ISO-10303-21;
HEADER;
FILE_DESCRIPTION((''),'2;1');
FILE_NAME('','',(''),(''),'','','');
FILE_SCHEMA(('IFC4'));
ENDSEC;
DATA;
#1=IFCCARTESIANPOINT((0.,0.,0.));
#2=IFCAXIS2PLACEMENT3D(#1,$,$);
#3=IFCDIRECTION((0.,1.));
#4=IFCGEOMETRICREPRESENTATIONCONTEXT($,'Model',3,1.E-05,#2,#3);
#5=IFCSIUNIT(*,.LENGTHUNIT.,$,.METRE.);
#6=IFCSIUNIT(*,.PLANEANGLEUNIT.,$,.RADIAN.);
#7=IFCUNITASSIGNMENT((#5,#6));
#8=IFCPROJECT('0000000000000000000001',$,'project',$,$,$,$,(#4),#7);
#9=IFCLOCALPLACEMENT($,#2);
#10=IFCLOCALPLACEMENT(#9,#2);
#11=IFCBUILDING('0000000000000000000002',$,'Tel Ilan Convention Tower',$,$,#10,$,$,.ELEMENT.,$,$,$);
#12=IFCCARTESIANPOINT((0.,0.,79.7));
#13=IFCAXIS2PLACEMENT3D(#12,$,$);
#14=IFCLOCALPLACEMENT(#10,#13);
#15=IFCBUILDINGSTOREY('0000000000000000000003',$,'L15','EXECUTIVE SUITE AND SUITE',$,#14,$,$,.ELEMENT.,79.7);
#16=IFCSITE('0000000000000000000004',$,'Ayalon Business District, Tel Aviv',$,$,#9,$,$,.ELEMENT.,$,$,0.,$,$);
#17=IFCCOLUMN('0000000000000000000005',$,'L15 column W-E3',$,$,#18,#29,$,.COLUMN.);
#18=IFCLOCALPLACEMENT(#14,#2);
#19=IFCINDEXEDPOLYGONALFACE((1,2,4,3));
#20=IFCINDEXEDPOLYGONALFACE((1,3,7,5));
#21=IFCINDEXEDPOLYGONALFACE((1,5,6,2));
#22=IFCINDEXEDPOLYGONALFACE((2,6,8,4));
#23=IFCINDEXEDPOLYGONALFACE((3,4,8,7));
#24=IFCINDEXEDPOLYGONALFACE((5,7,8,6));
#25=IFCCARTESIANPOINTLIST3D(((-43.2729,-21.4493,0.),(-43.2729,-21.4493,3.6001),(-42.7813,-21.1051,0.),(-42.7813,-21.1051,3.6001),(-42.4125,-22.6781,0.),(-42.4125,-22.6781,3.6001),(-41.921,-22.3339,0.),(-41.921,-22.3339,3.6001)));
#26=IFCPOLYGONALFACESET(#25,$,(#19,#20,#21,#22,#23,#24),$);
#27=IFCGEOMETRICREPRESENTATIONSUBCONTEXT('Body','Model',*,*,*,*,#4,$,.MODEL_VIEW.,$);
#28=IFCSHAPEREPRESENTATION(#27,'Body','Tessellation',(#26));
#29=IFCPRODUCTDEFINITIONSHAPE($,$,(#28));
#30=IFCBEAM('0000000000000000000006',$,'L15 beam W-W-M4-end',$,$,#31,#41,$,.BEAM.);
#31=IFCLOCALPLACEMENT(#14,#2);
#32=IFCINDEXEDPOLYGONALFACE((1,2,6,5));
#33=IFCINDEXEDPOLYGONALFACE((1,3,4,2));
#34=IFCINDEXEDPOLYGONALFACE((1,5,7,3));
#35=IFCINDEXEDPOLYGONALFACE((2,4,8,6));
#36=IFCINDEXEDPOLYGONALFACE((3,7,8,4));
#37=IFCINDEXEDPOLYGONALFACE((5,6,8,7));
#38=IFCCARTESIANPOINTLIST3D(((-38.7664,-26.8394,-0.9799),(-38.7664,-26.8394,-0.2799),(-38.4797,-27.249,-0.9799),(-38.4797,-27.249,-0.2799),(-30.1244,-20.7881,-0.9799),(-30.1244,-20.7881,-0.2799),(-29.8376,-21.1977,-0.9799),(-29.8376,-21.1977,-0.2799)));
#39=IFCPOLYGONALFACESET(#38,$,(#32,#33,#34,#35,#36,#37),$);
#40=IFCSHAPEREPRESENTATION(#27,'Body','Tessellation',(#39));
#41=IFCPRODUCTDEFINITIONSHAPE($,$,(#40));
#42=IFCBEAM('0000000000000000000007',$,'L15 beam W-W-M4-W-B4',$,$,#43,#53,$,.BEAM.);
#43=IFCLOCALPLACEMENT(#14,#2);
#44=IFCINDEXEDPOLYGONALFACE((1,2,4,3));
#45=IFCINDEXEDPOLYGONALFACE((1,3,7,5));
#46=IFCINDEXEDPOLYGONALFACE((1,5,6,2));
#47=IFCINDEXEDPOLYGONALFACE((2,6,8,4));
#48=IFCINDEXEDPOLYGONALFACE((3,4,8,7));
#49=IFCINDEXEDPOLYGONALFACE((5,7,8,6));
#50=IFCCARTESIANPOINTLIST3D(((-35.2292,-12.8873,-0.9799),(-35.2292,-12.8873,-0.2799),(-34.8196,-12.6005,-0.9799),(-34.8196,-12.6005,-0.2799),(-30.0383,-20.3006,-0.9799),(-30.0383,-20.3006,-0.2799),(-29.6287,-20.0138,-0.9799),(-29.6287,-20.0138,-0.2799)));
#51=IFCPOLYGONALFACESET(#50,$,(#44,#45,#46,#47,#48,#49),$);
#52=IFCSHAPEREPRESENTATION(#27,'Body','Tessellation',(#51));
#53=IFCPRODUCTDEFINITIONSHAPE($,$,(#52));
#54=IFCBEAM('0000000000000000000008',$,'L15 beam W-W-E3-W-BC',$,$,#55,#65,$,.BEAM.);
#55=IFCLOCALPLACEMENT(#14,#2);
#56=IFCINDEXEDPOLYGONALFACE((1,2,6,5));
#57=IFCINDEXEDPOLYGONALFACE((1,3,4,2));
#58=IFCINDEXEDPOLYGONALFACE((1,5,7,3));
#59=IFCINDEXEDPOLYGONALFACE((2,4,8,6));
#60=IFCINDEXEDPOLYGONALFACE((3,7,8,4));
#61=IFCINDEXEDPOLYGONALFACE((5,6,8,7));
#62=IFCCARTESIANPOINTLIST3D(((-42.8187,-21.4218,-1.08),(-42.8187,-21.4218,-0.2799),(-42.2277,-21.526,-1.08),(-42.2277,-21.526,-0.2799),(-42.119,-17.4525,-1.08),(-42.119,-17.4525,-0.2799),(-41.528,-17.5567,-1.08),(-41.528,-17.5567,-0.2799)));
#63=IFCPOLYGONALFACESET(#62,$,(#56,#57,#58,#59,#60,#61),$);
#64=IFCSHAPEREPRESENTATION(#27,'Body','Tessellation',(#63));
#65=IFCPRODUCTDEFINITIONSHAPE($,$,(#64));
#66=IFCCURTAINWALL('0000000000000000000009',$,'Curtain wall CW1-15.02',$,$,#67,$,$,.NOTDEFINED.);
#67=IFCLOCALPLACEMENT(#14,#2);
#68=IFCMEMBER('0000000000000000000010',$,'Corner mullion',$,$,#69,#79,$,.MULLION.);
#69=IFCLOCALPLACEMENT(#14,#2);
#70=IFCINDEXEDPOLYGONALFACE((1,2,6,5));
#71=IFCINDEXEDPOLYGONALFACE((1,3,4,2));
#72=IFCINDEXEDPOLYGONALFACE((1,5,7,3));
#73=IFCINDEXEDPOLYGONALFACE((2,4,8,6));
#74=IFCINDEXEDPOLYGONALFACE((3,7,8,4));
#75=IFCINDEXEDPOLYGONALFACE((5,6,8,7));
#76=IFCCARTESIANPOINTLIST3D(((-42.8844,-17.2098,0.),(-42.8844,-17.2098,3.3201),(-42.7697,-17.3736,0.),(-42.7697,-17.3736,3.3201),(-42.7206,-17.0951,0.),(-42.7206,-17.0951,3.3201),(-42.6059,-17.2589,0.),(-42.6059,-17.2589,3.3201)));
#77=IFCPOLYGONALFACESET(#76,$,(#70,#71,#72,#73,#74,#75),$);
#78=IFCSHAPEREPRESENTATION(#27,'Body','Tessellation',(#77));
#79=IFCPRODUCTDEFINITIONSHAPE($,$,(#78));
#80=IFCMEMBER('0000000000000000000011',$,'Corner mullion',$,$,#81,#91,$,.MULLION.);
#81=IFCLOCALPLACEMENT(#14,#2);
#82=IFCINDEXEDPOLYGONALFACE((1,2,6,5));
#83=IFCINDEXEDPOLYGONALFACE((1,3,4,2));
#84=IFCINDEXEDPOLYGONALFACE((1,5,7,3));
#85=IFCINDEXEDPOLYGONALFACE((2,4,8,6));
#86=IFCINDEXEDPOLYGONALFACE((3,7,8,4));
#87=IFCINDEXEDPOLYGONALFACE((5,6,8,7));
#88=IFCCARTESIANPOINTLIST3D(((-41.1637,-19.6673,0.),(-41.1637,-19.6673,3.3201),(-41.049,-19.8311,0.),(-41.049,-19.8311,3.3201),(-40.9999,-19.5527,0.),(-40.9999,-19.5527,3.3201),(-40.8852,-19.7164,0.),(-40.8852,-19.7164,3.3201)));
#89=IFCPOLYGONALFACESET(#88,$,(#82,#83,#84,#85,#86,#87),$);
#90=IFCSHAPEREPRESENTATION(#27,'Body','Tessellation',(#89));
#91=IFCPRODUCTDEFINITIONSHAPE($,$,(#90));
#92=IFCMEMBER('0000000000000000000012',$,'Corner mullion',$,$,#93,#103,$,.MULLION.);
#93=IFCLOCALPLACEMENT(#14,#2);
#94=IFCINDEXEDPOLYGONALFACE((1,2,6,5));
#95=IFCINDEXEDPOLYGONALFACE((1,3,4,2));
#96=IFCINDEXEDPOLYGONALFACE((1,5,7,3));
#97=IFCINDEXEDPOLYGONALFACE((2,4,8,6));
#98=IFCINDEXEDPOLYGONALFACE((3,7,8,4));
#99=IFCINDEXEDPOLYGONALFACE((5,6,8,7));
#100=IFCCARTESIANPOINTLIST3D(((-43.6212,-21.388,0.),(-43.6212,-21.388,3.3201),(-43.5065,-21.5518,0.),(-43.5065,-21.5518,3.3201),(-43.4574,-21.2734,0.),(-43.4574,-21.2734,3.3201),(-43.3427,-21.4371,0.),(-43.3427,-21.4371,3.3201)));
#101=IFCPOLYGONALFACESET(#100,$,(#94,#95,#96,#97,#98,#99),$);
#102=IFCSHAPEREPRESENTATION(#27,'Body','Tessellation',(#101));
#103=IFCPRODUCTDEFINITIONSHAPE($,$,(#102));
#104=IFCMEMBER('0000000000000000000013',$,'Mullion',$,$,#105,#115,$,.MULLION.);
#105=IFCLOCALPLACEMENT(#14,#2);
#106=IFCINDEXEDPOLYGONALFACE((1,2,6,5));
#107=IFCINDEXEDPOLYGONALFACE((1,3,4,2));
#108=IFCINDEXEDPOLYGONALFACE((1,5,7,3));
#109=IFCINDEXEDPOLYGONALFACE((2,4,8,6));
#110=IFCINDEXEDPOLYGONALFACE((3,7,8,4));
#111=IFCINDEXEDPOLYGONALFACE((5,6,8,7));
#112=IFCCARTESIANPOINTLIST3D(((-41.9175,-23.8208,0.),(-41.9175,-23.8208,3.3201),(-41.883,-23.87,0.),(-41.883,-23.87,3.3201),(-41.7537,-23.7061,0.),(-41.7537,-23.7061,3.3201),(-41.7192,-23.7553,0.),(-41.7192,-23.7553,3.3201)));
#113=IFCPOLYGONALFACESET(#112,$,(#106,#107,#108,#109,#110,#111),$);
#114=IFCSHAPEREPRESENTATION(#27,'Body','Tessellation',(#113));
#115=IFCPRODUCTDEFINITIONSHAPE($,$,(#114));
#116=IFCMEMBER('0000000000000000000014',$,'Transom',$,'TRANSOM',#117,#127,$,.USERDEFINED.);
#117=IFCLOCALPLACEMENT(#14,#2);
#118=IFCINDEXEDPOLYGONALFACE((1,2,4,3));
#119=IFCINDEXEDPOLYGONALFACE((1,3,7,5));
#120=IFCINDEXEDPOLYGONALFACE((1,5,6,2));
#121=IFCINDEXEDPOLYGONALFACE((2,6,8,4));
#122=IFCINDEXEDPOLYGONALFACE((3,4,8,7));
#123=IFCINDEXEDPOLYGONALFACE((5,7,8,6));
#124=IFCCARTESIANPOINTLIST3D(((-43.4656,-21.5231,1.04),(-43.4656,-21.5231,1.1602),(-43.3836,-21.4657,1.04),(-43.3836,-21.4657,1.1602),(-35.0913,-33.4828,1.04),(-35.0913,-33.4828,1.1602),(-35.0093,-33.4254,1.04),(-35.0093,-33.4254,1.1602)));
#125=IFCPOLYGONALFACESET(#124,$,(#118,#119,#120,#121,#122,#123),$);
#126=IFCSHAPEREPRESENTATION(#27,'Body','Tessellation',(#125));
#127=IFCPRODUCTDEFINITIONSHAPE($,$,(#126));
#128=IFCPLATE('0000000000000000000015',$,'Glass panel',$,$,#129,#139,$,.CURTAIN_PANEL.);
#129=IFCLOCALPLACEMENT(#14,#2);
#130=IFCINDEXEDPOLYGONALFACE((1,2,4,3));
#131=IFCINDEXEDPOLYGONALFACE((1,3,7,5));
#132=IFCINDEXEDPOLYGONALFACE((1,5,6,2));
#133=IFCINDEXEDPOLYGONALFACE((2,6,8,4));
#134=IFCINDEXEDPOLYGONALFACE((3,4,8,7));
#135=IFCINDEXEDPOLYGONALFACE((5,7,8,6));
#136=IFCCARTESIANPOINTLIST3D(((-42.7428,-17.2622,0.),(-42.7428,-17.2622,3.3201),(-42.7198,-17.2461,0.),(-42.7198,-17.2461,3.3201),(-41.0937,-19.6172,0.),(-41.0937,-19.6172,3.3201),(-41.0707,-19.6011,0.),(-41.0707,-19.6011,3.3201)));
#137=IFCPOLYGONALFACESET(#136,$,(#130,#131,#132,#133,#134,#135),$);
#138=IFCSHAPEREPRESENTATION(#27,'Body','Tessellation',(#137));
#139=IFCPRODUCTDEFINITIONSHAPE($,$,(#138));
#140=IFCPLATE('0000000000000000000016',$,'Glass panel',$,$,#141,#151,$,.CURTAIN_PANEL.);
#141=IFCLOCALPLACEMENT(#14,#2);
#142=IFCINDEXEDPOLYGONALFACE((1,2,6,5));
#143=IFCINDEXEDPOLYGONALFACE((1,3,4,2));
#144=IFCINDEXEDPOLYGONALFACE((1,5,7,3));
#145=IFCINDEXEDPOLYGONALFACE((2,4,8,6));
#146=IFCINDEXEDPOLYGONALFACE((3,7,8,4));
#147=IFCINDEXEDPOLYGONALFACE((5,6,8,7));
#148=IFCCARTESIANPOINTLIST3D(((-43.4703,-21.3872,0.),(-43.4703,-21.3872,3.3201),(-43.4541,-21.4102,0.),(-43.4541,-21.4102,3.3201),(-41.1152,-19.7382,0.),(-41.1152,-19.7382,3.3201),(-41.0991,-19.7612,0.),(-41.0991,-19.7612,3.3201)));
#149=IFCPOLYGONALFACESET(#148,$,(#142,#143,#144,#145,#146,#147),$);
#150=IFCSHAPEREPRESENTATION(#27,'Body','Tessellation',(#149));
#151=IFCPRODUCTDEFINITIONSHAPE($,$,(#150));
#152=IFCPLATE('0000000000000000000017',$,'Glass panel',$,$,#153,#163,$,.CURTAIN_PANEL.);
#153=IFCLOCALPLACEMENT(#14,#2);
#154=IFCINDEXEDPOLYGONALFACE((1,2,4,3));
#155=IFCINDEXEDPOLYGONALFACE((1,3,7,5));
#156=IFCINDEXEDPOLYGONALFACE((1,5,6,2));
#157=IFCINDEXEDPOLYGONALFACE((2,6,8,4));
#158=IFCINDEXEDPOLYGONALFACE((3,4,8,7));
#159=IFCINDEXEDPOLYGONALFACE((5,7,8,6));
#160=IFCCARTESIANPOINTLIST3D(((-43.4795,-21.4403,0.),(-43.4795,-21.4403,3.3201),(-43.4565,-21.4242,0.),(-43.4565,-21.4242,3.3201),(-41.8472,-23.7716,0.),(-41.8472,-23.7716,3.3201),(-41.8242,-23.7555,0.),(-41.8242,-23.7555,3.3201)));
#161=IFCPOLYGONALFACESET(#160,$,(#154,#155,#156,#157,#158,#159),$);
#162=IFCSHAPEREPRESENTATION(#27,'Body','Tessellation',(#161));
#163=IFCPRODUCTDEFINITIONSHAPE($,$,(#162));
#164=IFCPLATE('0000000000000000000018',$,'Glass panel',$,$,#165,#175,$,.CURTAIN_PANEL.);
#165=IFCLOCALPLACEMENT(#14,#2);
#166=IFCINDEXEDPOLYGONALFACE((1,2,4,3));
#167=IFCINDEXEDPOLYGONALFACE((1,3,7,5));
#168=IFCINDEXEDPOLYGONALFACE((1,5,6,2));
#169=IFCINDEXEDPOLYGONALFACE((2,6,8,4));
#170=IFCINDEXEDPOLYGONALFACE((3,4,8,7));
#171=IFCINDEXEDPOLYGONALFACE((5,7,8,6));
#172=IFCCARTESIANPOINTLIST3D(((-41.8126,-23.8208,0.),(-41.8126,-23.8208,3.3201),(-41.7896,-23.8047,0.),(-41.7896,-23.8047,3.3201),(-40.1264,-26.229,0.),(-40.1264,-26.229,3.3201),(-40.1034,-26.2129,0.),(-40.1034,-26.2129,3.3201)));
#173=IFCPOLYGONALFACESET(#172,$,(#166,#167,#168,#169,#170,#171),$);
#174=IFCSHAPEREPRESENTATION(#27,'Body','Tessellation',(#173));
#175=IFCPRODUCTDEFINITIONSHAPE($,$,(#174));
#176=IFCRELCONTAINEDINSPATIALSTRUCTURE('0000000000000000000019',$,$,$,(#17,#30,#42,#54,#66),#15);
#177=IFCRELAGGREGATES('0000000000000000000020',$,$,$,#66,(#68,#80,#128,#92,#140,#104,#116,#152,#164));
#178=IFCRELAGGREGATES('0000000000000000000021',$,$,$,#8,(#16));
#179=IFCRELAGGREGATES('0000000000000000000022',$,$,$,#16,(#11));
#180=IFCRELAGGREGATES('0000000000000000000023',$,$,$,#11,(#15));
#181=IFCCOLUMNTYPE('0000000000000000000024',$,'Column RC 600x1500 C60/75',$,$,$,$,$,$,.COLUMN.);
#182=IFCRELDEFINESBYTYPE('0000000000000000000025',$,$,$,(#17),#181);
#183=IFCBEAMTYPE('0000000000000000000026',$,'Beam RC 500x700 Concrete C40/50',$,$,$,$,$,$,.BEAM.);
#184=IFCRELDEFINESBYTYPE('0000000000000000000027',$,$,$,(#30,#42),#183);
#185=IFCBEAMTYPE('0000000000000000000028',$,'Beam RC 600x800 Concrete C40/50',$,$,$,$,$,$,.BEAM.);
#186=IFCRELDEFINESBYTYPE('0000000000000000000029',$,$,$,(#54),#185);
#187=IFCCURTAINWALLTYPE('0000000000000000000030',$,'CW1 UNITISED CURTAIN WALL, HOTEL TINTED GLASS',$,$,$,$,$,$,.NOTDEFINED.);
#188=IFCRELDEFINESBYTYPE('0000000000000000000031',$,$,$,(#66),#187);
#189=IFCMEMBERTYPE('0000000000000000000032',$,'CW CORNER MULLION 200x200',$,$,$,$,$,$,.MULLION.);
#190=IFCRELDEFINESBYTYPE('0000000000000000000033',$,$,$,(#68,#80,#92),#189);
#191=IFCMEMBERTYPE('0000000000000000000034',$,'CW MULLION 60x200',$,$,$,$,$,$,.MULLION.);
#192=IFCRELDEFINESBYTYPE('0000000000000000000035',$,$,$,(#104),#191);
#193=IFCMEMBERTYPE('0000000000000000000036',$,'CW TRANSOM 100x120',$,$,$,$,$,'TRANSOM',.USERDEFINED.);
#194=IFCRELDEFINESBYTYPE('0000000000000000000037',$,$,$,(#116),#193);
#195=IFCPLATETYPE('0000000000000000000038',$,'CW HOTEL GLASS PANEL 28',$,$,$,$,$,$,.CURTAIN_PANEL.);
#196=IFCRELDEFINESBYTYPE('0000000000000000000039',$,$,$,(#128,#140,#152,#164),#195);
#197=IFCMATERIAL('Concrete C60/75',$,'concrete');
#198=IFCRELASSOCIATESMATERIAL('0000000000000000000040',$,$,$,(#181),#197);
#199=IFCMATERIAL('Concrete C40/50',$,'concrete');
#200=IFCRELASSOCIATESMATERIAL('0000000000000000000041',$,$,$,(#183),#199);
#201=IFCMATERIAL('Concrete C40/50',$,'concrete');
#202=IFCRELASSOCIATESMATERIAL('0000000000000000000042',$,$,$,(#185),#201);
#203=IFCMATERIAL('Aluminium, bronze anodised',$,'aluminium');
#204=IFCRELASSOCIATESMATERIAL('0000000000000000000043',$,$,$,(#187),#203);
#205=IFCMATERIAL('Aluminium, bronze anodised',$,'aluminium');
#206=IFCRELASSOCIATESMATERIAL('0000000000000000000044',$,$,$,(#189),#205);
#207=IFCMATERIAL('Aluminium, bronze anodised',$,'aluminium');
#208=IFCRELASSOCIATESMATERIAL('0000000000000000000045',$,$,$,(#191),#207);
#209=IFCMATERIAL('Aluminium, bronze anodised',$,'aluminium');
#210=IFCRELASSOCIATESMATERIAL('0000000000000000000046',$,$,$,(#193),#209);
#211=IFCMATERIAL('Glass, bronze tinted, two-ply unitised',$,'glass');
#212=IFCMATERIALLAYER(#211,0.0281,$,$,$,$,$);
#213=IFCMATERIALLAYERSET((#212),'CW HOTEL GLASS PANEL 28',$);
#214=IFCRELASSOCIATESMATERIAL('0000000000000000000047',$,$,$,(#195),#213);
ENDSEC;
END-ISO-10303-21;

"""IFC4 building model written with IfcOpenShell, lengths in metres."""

from ifc_helpers import new_model, si_unit, direction, frame, origin, origin_2d, place, context, subcontext, project, spatial, rectangle, extrude, material, layer, layer_set, material_profile, profile_set, type_object, element, aggregate, save


model = new_model("IFC4")

# Units and contexts
model_context = context("Model", 3, precision=1e-05, world=origin(), true_north=direction((0.0, 1.0)))
body_context = subcontext(model_context, "Body", "Model", "MODEL_VIEW")
ifc_project = project(units=[si_unit("LENGTHUNIT", "METRE"), si_unit("PLANEANGLEUNIT", "RADIAN")], contexts=[model_context])

# Site, building, storey
site_placement = place(None, origin())
site = spatial("IfcSite", under=ifc_project, at=site_placement, Name="Ayalon Business District, Tel Aviv", CompositionType="ELEMENT", RefElevation=0.0)
building_placement = place(site_placement, origin())
building = spatial("IfcBuilding", under=site, at=building_placement, Name="Tel Ilan Convention Tower", CompositionType="ELEMENT")
storey_placement = place(building_placement, frame((0.0, 0.0, 79.7)))
storey = spatial("IfcBuildingStorey", under=building, at=storey_placement, Name="L15", Description="EXECUTIVE SUITE AND SUITE", CompositionType="ELEMENT", Elevation=79.7)

# Column
ifc_material_1 = material(Name="Concrete C60/75", Category="concrete")
ifc_material_profile_1 = material_profile(ifc_material_1, rectangle(XDim=1.5, YDim=0.6001, at=origin_2d()), Name="RC 600x1500")
ifc_profile_set_1 = profile_set([ifc_material_profile_1], Name="Concrete C60/75")
column_type = type_object("IfcColumnType", Name="Column RC 600x1500 C60/75", PredefinedType="COLUMN", material=ifc_profile_set_1)
column_placement = place(storey_placement, frame((-42.5969, -21.8916, 0.0), z_axis=(0.0, 0.0, 1.0), x_axis=(-0.573576, 0.819152, 0.0)))
element("IfcColumn", 1, at=column_placement, inside=storey, type_object=column_type, Name="L15 column W-E3", PredefinedType="COLUMN", context=body_context, shape_type="SweptSolid", body=[
    extrude(rectangle(XDim=1.5, YDim=0.6001, at=origin_2d()), origin(), (0.0, 0.0, 1.0), 3.6001),
])

# Beams
ifc_material_2 = material(Name="Concrete C40/50", Category="concrete")
ifc_material_profile_2 = material_profile(ifc_material_2, rectangle(XDim=0.5, YDim=0.7, at=origin_2d()), Name="RC 500x700")
ifc_profile_set_2 = profile_set([ifc_material_profile_2], Name="Concrete C40/50")
beam_type_1 = type_object("IfcBeamType", Name="Beam RC 500x700 Concrete C40/50", PredefinedType="BEAM", material=ifc_profile_set_2)
beam_1_placement = place(storey_placement, frame((-29.981, -20.9929, -0.6299), z_axis=(-0.819151, -0.573577, 0.0), x_axis=(0.573577, -0.819151, 0.0)))
element("IfcBeam", 2, at=beam_1_placement, inside=storey, type_object=beam_type_1, Name="L15 beam W-W-M4-end", PredefinedType="BEAM", context=body_context, shape_type="SweptSolid", body=[
    extrude(rectangle(XDim=0.5, YDim=0.7, at=origin_2d()), origin(), (0.0, 0.0, 1.0), 10.55),
])
beam_2_placement = place(storey_placement, frame((-29.8335, -20.1572, -0.6299), z_axis=(-0.57358, 0.81915, 0.0), x_axis=(-0.81915, -0.57358, 0.0)))
element("IfcBeam", 3, at=beam_2_placement, inside=storey, type_object=beam_type_1, Name="L15 beam W-W-M4-W-B4", PredefinedType="BEAM", context=body_context, shape_type="SweptSolid", body=[
    extrude(rectangle(XDim=0.5, YDim=0.7, at=origin_2d()), origin(), (0.0, 0.0, 1.0), 9.05),
])
ifc_material_3 = material(Name="Concrete C40/50", Category="concrete")
ifc_material_profile_3 = material_profile(ifc_material_3, rectangle(XDim=0.6001, YDim=0.8, at=origin_2d()), Name="RC 600x800")
ifc_profile_set_3 = profile_set([ifc_material_profile_3], Name="Concrete C40/50")
beam_type_2 = type_object("IfcBeamType", Name="Beam RC 600x800 Concrete C40/50", PredefinedType="BEAM", material=ifc_profile_set_3)
beam_3_placement = place(storey_placement, frame((-42.5232, -21.4739, -0.6799), z_axis=(0.173606, 0.984815, 0.0), x_axis=(-0.984815, 0.173606, 0.0)))
element("IfcBeam", 4, at=beam_3_placement, inside=storey, type_object=beam_type_2, Name="L15 beam W-W-E3-W-BC", PredefinedType="BEAM", context=body_context, shape_type="SweptSolid", body=[
    extrude(rectangle(XDim=0.6001, YDim=0.8, at=origin_2d()), origin(), (0.0, 0.0, 1.0), 4.0305),
])

# Curtain wall, members, plates
ifc_material_4 = material(Name="Aluminium, bronze anodised", Category="aluminium")
curtain_wall_type = type_object("IfcCurtainWallType", Name="CW1 UNITISED CURTAIN WALL, HOTEL TINTED GLASS", PredefinedType="NOTDEFINED", material=ifc_material_4)
curtain_wall_placement = place(storey_placement, origin())
curtain_wall = element("IfcCurtainWall", 5, at=curtain_wall_placement, inside=storey, type_object=curtain_wall_type, Name="Curtain wall CW1-15.02", PredefinedType="NOTDEFINED")
ifc_material_5 = material(Name="Aluminium, bronze anodised", Category="aluminium")
ifc_material_profile_4 = material_profile(ifc_material_5, rectangle(XDim=0.2, YDim=0.2, at=origin_2d()), Name="CW CORNER MULLION 200x200")
ifc_profile_set_4 = profile_set([ifc_material_profile_4], Name="Aluminium, bronze anodised")
member_type_1 = type_object("IfcMemberType", Name="CW CORNER MULLION 200x200", PredefinedType="MULLION", material=ifc_profile_set_4)
member_1_placement = place(storey_placement, frame((-42.7451, -17.2344, 0.0), z_axis=(0.0, 0.0, 1.0), x_axis=(-0.819152, -0.573576, 0.0)))
member_1 = element("IfcMember", 6, at=member_1_placement, type_object=member_type_1, Name="Corner mullion", PredefinedType="MULLION", context=body_context, shape_type="SweptSolid", body=[
    extrude(rectangle(XDim=0.2, YDim=0.2, at=origin_2d()), origin(), (0.0, 0.0, 1.0), 3.3201),
])
member_2_placement = place(storey_placement, frame((-41.0244, -19.6919, 0.0), z_axis=(0.0, 0.0, 1.0), x_axis=(0.573576, -0.819152, 0.0)))
member_2 = element("IfcMember", 7, at=member_2_placement, type_object=member_type_1, Name="Corner mullion", PredefinedType="MULLION", context=body_context, shape_type="SweptSolid", body=[
    extrude(rectangle(XDim=0.2, YDim=0.2, at=origin_2d()), origin(), (0.0, 0.0, 1.0), 3.3201),
])
member_3_placement = place(storey_placement, frame((-43.4819, -21.4126, 0.0), z_axis=(0.0, 0.0, 1.0), x_axis=(-0.819152, -0.573576, 0.0)))
member_3 = element("IfcMember", 8, at=member_3_placement, type_object=member_type_1, Name="Corner mullion", PredefinedType="MULLION", context=body_context, shape_type="SweptSolid", body=[
    extrude(rectangle(XDim=0.2, YDim=0.2, at=origin_2d()), origin(), (0.0, 0.0, 1.0), 3.3201),
])
ifc_material_6 = material(Name="Aluminium, bronze anodised", Category="aluminium")
ifc_material_profile_5 = material_profile(ifc_material_6, rectangle(XDim=0.0601, YDim=0.2, at=origin_2d()), Name="CW MULLION 60x200")
ifc_profile_set_5 = profile_set([ifc_material_profile_5], Name="Aluminium, bronze anodised")
member_type_2 = type_object("IfcMemberType", Name="CW MULLION 60x200", PredefinedType="MULLION", material=ifc_profile_set_5)
member_4_placement = place(storey_placement, frame((-41.8184, -23.7881, 0.0), z_axis=(0.0, 0.0, 1.0), x_axis=(0.573576, -0.819152, 0.0)))
member_4 = element("IfcMember", 9, at=member_4_placement, type_object=member_type_2, Name="Mullion", PredefinedType="MULLION", context=body_context, shape_type="SweptSolid", body=[
    extrude(rectangle(XDim=0.0601, YDim=0.2, at=origin_2d()), origin(), (0.0, 0.0, 1.0), 3.3201),
])
ifc_material_7 = material(Name="Aluminium, bronze anodised", Category="aluminium")
ifc_material_profile_6 = material_profile(ifc_material_7, rectangle(XDim=0.1001, YDim=0.1201, at=origin_2d()), Name="CW TRANSOM 100x120")
ifc_profile_set_6 = profile_set([ifc_material_profile_6], Name="Aluminium, bronze anodised")
member_type_3 = type_object("IfcMemberType", Name="CW TRANSOM 100x120", ElementType="TRANSOM", PredefinedType="USERDEFINED", material=ifc_profile_set_6)
member_5_placement = place(storey_placement, frame((-43.4246, -21.4944, 1.1001), z_axis=(0.573576, -0.819153, 0.0), x_axis=(0.819153, 0.573576, 0.0)))
member_5 = element("IfcMember", 10, at=member_5_placement, type_object=member_type_3, Name="Transom", ObjectType="TRANSOM", PredefinedType="USERDEFINED", context=body_context, shape_type="SweptSolid", body=[
    extrude(rectangle(XDim=0.1001, YDim=0.1201, at=origin_2d()), origin(), (0.0, 0.0, 1.0), 14.6001),
])
ifc_material_8 = material(Name="Glass, bronze tinted, two-ply unitised", Category="glass")
ifc_layer_1 = layer(ifc_material_8, 0.0281)
ifc_layer_set_1 = layer_set([ifc_layer_1], Name="CW HOTEL GLASS PANEL 28")
plate_type = type_object("IfcPlateType", Name="CW HOTEL GLASS PANEL 28", PredefinedType="CURTAIN_PANEL", material=ifc_layer_set_1)
plate_1_placement = place(storey_placement, frame((-41.9067, -18.4316, 0.0), z_axis=(0.0, 0.0, 1.0), x_axis=(0.573576, -0.819152, 0.0)))
plate_1 = element("IfcPlate", 11, at=plate_1_placement, type_object=plate_type, Name="Glass panel", PredefinedType="CURTAIN_PANEL", context=body_context, shape_type="SweptSolid", body=[
    extrude(rectangle(XDim=2.875, YDim=0.0281, at=origin_2d()), origin(), (0.0, 0.0, 1.0), 3.3201),
])
plate_2_placement = place(storey_placement, frame((-42.2847, -20.5742, 0.0), z_axis=(0.0, 0.0, 1.0), x_axis=(-0.819152, -0.573576, 0.0)))
plate_2 = element("IfcPlate", 12, at=plate_2_placement, type_object=plate_type, Name="Glass panel", PredefinedType="CURTAIN_PANEL", context=body_context, shape_type="SweptSolid", body=[
    extrude(rectangle(XDim=2.875, YDim=0.0281, at=origin_2d()), origin(), (0.0, 0.0, 1.0), 3.3201),
])
plate_3_placement = place(storey_placement, frame((-42.6519, -22.5979, 0.0), z_axis=(0.0, 0.0, 1.0), x_axis=(0.573576, -0.819152, 0.0)))
plate_3 = element("IfcPlate", 13, at=plate_3_placement, type_object=plate_type, Name="Glass panel", PredefinedType="CURTAIN_PANEL", context=body_context, shape_type="SweptSolid", body=[
    extrude(rectangle(XDim=2.8459, YDim=0.0281, at=origin_2d()), origin(), (0.0, 0.0, 1.0), 3.3201),
])
plate_4_placement = place(storey_placement, frame((-40.958, -25.0168, 0.0), z_axis=(0.0, 0.0, 1.0), x_axis=(0.573576, -0.819152, 0.0)))
plate_4 = element("IfcPlate", 14, at=plate_4_placement, type_object=plate_type, Name="Glass panel", PredefinedType="CURTAIN_PANEL", context=body_context, shape_type="SweptSolid", body=[
    extrude(rectangle(XDim=2.9399, YDim=0.0281, at=origin_2d()), origin(), (0.0, 0.0, 1.0), 3.3201),
])
aggregate(curtain_wall, [member_1, member_2, plate_1, member_3, plate_2, member_4, member_5, plate_3, plate_4])

save(model, "model.ifc")
